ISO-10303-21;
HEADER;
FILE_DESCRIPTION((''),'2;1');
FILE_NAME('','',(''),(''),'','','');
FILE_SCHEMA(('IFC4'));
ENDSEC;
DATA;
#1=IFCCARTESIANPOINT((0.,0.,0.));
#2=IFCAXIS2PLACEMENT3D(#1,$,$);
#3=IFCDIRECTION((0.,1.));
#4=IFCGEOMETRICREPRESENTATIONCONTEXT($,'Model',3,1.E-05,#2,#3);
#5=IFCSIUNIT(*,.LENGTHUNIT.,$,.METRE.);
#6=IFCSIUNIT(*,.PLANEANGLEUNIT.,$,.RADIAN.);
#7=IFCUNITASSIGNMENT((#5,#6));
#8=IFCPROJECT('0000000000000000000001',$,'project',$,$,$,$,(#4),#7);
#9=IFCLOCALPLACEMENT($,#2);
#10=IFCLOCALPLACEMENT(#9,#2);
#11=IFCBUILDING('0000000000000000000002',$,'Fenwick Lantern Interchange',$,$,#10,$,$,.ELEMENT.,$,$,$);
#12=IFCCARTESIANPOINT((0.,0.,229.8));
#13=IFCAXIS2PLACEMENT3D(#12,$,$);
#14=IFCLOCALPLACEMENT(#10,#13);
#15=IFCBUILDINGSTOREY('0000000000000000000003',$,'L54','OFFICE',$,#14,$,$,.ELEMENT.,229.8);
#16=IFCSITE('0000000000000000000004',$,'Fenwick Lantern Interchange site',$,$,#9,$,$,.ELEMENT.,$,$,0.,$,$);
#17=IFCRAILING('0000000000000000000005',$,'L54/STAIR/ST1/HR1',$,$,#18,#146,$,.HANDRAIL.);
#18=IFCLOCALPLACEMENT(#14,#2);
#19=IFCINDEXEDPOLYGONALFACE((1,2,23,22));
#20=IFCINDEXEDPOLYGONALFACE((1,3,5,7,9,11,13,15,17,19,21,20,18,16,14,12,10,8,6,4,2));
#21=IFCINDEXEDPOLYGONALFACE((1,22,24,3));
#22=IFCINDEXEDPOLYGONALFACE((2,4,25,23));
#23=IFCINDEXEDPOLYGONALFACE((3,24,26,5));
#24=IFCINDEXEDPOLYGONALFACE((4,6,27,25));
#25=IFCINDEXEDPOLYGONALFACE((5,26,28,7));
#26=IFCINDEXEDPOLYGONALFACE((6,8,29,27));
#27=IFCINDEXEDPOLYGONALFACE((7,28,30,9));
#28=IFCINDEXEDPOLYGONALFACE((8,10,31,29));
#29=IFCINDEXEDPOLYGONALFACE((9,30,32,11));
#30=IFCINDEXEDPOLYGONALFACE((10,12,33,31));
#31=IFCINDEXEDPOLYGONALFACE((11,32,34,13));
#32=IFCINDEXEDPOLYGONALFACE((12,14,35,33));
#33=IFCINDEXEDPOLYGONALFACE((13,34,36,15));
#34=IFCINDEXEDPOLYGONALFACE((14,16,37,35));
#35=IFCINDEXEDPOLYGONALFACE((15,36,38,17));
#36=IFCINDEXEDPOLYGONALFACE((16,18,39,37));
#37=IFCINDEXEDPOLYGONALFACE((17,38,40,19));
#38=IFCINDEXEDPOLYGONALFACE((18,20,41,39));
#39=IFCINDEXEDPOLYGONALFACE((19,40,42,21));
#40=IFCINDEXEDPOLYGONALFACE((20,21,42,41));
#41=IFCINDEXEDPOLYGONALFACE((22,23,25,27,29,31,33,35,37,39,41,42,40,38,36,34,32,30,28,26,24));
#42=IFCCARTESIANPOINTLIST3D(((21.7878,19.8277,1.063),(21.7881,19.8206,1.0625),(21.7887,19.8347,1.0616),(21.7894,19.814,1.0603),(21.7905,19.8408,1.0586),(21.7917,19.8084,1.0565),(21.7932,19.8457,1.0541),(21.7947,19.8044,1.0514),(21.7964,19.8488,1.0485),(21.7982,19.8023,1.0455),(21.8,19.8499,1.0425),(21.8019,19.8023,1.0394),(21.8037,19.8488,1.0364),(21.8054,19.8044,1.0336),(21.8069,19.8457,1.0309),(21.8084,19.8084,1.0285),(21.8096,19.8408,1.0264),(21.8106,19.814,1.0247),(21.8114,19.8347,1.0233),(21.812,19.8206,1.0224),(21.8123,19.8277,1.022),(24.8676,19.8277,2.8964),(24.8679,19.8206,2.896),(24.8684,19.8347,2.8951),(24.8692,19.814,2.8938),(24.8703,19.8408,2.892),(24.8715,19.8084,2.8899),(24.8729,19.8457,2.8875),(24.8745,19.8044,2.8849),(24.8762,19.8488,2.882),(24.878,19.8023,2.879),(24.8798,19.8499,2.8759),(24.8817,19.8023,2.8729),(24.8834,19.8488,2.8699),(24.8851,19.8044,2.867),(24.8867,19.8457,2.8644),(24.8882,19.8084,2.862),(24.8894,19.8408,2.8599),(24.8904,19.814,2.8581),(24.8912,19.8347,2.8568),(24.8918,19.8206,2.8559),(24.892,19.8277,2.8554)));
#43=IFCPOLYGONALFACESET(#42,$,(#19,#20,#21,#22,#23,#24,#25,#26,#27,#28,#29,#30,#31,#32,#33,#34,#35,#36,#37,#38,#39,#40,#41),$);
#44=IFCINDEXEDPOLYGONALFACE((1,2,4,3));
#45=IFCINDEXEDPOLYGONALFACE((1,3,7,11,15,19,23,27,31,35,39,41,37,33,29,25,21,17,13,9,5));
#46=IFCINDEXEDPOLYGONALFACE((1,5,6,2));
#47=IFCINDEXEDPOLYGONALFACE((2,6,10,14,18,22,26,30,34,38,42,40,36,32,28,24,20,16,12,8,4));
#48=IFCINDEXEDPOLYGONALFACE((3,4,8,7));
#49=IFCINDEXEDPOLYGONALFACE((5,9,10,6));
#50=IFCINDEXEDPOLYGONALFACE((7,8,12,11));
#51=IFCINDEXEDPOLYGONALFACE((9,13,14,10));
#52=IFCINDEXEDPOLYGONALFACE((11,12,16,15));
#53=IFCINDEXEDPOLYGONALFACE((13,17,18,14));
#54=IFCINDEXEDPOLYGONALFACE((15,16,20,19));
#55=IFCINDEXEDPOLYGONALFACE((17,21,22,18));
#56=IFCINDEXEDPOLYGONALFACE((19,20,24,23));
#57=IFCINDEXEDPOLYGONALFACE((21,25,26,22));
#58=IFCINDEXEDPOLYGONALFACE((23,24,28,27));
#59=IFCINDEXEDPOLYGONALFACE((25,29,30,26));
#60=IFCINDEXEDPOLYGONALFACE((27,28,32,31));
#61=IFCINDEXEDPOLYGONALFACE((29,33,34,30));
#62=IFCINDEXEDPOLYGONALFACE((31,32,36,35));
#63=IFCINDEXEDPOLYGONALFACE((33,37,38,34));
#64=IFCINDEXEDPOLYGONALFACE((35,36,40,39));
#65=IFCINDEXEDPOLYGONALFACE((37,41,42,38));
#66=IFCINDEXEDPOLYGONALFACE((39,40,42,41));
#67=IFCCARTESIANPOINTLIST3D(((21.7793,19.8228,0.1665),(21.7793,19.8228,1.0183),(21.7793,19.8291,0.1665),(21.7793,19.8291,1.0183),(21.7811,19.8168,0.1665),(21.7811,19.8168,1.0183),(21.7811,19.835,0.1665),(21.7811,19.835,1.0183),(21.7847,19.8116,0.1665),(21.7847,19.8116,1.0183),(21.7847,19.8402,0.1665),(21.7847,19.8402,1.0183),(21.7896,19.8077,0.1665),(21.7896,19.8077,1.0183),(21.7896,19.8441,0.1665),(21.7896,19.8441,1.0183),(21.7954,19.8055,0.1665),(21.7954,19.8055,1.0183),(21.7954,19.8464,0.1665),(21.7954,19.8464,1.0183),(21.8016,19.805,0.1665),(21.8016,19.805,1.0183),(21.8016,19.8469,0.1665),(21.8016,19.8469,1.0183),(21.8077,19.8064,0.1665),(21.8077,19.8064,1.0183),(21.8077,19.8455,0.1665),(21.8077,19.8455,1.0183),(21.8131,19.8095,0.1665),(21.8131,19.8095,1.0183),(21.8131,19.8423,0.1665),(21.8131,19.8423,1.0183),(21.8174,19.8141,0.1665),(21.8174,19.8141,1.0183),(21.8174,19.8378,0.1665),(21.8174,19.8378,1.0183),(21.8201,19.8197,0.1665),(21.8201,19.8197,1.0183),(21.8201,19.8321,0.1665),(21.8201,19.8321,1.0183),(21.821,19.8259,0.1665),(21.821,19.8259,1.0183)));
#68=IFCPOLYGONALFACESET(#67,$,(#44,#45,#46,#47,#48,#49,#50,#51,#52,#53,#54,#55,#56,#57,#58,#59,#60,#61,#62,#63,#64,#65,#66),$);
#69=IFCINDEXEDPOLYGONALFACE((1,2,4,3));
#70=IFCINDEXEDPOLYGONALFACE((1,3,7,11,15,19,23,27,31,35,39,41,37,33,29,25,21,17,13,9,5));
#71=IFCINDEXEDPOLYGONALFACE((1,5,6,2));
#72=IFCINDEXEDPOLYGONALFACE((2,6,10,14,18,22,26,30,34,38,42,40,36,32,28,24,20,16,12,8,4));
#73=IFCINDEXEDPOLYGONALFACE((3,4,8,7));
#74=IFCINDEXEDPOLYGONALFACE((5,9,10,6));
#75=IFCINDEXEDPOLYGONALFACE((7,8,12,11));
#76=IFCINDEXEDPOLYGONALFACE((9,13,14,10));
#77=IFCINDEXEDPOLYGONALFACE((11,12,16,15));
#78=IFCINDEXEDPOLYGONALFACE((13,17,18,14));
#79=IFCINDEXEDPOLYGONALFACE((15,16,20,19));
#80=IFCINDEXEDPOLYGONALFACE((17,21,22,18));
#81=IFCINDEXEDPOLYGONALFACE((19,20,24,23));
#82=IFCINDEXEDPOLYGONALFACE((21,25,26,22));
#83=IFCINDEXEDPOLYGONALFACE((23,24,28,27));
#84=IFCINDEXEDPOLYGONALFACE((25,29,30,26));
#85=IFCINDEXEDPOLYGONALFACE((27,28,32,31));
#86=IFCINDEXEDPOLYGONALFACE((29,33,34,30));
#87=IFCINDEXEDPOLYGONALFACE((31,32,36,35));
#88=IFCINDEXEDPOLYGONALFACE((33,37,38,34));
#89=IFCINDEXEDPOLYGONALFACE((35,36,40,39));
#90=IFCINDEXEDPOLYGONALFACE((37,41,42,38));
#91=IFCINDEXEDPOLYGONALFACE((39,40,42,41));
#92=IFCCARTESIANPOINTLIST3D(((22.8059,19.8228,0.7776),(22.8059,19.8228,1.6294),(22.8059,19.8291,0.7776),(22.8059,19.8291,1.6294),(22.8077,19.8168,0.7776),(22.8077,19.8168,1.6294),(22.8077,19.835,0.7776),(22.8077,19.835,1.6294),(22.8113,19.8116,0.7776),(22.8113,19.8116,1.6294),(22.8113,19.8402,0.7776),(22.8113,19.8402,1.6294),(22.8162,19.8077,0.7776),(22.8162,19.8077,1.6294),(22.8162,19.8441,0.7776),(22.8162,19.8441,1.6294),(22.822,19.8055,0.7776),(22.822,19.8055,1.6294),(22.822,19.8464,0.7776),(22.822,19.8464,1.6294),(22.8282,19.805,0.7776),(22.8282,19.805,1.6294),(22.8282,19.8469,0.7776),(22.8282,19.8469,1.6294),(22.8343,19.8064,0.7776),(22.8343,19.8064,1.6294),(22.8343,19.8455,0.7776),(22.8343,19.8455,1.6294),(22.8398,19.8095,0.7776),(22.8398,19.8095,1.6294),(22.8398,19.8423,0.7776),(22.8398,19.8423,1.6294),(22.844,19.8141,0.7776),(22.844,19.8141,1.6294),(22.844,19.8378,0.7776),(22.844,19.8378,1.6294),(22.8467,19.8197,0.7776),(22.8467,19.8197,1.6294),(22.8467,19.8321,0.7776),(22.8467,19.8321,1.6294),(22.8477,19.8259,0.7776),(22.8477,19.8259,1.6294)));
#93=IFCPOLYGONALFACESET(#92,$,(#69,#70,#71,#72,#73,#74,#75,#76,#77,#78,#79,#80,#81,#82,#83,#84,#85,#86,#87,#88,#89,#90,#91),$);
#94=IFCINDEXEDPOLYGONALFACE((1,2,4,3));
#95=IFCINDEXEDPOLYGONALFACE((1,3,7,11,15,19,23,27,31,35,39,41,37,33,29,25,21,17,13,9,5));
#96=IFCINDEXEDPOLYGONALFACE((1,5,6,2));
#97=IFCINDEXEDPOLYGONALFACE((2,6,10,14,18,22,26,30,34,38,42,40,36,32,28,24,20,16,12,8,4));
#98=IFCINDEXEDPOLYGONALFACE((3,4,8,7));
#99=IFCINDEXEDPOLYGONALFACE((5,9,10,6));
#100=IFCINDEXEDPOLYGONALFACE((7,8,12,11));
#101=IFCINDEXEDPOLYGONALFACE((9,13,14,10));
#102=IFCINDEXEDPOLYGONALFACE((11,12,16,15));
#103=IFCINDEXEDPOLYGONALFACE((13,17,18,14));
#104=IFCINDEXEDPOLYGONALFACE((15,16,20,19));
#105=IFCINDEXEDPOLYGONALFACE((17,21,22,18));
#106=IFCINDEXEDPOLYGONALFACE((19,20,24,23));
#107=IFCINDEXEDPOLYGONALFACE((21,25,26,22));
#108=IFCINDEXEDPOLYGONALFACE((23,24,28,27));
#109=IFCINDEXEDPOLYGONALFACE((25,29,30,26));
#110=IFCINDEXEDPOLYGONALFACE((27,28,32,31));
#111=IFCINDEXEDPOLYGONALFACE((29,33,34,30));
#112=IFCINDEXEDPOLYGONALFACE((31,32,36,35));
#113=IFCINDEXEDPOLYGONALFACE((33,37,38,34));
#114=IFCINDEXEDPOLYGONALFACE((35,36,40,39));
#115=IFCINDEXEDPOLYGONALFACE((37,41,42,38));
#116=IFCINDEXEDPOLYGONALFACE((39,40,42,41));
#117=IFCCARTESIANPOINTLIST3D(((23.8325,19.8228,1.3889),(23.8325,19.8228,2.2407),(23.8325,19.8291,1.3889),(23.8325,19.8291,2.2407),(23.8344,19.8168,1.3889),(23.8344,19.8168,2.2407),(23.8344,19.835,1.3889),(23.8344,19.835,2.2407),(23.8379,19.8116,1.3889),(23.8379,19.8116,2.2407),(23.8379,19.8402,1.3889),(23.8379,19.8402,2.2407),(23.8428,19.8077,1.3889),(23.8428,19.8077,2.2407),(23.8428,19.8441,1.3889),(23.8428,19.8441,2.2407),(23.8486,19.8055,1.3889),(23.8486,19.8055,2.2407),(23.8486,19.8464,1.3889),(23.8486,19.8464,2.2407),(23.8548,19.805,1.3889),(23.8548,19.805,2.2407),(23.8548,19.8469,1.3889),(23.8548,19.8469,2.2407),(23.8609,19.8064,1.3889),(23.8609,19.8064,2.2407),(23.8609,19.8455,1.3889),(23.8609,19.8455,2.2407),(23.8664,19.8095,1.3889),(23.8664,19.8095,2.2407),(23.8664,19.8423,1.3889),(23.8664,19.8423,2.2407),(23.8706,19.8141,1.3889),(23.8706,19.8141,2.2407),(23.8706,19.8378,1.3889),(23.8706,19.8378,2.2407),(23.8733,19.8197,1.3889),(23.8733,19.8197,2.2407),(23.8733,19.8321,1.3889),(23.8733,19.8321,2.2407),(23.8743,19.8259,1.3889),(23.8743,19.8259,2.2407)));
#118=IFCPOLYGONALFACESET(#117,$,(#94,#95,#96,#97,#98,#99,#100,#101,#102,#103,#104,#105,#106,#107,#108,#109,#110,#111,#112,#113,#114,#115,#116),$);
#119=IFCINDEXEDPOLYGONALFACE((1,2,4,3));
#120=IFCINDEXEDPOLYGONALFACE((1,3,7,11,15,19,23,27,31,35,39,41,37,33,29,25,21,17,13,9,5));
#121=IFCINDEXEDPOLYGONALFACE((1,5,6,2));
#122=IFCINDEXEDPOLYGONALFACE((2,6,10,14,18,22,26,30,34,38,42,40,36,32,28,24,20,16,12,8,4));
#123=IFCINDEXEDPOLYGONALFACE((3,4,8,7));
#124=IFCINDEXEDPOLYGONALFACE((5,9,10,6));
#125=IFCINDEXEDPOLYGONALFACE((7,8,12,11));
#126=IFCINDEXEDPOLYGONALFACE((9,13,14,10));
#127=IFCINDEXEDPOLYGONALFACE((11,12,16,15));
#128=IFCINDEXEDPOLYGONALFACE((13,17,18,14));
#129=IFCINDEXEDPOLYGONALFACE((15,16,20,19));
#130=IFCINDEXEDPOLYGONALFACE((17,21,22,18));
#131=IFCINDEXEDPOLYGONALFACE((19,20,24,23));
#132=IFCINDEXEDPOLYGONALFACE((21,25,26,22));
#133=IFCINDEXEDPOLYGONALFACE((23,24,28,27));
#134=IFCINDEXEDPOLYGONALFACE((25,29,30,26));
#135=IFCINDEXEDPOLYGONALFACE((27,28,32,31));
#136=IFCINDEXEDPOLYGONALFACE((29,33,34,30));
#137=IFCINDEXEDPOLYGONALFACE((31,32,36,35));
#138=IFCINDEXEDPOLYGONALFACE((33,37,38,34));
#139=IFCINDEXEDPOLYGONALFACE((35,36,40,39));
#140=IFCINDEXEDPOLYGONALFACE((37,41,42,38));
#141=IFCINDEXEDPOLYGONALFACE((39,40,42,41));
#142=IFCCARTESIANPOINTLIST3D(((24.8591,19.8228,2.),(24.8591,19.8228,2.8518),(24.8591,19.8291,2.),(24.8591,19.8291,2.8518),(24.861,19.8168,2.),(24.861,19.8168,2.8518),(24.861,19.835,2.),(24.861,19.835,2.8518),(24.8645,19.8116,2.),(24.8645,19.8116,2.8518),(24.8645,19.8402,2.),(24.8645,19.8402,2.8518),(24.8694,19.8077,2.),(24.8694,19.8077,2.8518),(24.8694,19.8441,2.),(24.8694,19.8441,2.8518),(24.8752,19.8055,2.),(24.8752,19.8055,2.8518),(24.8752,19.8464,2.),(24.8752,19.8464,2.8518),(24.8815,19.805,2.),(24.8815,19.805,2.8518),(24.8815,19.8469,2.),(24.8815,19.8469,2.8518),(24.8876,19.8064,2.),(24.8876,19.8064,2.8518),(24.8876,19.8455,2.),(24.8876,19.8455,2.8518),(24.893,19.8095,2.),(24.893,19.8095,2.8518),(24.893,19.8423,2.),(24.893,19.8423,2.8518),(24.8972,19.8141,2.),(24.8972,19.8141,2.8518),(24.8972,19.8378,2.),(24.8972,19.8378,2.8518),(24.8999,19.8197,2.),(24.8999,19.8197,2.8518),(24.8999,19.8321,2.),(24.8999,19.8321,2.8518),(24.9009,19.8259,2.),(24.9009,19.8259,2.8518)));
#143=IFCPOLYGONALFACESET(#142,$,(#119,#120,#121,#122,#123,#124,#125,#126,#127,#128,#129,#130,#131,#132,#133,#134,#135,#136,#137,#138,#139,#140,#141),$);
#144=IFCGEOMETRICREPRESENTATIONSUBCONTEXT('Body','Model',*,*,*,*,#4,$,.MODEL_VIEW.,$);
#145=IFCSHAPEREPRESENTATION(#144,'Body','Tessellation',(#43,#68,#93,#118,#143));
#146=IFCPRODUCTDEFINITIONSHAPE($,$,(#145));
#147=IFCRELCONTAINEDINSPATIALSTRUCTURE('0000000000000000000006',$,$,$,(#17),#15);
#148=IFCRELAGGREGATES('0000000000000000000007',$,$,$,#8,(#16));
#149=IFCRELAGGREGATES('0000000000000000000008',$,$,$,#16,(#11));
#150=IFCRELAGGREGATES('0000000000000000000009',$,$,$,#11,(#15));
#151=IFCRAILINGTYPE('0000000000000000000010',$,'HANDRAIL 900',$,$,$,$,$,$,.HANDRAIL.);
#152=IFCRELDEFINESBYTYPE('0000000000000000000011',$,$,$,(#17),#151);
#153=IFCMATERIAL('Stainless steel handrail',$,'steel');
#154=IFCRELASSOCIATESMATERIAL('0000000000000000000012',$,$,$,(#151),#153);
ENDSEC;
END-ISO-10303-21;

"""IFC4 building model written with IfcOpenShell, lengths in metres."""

from ifc_helpers import new_model, si_unit, direction, frame, origin, origin_2d, place, context, subcontext, project, spatial, circle, extrude, material, type_object, element, save


model = new_model("IFC4")

# Units and contexts
model_context = context("Model", 3, precision=1e-05, world=origin(), true_north=direction((0.0, 1.0)))
body_context = subcontext(model_context, "Body", "Model", "MODEL_VIEW")
ifc_project = project(units=[si_unit("LENGTHUNIT", "METRE"), si_unit("PLANEANGLEUNIT", "RADIAN")], contexts=[model_context])

# Site, building, storey
site_placement = place(None, origin())
site = spatial("IfcSite", under=ifc_project, at=site_placement, Name="Fenwick Lantern Interchange site", CompositionType="ELEMENT", RefElevation=0.0)
building_placement = place(site_placement, origin())
building = spatial("IfcBuilding", under=site, at=building_placement, Name="Fenwick Lantern Interchange", CompositionType="ELEMENT")
storey_placement = place(building_placement, frame((0.0, 0.0, 229.8)))
storey = spatial("IfcBuildingStorey", under=building, at=storey_placement, Name="L54", Description="OFFICE", CompositionType="ELEMENT", Elevation=229.8)

# Railing
ifc_material_1 = material(Name="Stainless steel handrail", Category="steel")
railing_type = type_object("IfcRailingType", Name="HANDRAIL 900", PredefinedType="HANDRAIL", material=ifc_material_1)
railing_1_placement = place(storey_placement, frame((21.8, 19.8259, 0.1665)))
element("IfcRailing", 1, at=railing_1_placement, inside=storey, type_object=railing_type, Name="L54/STAIR/ST1/HR1", PredefinedType="HANDRAIL", context=body_context, shape_type="SweptSolid", body=[
    extrude(circle(Radius=0.0239, at=origin_2d()), frame((0.0, 0.0, 0.876), z_axis=(0.859261, 0.0, 0.511538), x_axis=(0.0, 1.0, 0.0)), (0.0, 0.0, 1.0), 3.5842),
    extrude(circle(Radius=0.021, at=origin_2d()), origin(), (0.0, 0.0, 1.0), 0.8518),
    extrude(circle(Radius=0.021, at=origin_2d()), frame((1.0266, 0.0, 0.6111)), (0.0, 0.0, 1.0), 0.8518),
    extrude(circle(Radius=0.021, at=origin_2d()), frame((2.0532, 0.0, 1.2224)), (0.0, 0.0, 1.0), 0.8518),
    extrude(circle(Radius=0.021, at=origin_2d()), frame((3.0798, 0.0, 1.8335)), (0.0, 0.0, 1.0), 0.8518),
])

save(model, "model.ifc")
